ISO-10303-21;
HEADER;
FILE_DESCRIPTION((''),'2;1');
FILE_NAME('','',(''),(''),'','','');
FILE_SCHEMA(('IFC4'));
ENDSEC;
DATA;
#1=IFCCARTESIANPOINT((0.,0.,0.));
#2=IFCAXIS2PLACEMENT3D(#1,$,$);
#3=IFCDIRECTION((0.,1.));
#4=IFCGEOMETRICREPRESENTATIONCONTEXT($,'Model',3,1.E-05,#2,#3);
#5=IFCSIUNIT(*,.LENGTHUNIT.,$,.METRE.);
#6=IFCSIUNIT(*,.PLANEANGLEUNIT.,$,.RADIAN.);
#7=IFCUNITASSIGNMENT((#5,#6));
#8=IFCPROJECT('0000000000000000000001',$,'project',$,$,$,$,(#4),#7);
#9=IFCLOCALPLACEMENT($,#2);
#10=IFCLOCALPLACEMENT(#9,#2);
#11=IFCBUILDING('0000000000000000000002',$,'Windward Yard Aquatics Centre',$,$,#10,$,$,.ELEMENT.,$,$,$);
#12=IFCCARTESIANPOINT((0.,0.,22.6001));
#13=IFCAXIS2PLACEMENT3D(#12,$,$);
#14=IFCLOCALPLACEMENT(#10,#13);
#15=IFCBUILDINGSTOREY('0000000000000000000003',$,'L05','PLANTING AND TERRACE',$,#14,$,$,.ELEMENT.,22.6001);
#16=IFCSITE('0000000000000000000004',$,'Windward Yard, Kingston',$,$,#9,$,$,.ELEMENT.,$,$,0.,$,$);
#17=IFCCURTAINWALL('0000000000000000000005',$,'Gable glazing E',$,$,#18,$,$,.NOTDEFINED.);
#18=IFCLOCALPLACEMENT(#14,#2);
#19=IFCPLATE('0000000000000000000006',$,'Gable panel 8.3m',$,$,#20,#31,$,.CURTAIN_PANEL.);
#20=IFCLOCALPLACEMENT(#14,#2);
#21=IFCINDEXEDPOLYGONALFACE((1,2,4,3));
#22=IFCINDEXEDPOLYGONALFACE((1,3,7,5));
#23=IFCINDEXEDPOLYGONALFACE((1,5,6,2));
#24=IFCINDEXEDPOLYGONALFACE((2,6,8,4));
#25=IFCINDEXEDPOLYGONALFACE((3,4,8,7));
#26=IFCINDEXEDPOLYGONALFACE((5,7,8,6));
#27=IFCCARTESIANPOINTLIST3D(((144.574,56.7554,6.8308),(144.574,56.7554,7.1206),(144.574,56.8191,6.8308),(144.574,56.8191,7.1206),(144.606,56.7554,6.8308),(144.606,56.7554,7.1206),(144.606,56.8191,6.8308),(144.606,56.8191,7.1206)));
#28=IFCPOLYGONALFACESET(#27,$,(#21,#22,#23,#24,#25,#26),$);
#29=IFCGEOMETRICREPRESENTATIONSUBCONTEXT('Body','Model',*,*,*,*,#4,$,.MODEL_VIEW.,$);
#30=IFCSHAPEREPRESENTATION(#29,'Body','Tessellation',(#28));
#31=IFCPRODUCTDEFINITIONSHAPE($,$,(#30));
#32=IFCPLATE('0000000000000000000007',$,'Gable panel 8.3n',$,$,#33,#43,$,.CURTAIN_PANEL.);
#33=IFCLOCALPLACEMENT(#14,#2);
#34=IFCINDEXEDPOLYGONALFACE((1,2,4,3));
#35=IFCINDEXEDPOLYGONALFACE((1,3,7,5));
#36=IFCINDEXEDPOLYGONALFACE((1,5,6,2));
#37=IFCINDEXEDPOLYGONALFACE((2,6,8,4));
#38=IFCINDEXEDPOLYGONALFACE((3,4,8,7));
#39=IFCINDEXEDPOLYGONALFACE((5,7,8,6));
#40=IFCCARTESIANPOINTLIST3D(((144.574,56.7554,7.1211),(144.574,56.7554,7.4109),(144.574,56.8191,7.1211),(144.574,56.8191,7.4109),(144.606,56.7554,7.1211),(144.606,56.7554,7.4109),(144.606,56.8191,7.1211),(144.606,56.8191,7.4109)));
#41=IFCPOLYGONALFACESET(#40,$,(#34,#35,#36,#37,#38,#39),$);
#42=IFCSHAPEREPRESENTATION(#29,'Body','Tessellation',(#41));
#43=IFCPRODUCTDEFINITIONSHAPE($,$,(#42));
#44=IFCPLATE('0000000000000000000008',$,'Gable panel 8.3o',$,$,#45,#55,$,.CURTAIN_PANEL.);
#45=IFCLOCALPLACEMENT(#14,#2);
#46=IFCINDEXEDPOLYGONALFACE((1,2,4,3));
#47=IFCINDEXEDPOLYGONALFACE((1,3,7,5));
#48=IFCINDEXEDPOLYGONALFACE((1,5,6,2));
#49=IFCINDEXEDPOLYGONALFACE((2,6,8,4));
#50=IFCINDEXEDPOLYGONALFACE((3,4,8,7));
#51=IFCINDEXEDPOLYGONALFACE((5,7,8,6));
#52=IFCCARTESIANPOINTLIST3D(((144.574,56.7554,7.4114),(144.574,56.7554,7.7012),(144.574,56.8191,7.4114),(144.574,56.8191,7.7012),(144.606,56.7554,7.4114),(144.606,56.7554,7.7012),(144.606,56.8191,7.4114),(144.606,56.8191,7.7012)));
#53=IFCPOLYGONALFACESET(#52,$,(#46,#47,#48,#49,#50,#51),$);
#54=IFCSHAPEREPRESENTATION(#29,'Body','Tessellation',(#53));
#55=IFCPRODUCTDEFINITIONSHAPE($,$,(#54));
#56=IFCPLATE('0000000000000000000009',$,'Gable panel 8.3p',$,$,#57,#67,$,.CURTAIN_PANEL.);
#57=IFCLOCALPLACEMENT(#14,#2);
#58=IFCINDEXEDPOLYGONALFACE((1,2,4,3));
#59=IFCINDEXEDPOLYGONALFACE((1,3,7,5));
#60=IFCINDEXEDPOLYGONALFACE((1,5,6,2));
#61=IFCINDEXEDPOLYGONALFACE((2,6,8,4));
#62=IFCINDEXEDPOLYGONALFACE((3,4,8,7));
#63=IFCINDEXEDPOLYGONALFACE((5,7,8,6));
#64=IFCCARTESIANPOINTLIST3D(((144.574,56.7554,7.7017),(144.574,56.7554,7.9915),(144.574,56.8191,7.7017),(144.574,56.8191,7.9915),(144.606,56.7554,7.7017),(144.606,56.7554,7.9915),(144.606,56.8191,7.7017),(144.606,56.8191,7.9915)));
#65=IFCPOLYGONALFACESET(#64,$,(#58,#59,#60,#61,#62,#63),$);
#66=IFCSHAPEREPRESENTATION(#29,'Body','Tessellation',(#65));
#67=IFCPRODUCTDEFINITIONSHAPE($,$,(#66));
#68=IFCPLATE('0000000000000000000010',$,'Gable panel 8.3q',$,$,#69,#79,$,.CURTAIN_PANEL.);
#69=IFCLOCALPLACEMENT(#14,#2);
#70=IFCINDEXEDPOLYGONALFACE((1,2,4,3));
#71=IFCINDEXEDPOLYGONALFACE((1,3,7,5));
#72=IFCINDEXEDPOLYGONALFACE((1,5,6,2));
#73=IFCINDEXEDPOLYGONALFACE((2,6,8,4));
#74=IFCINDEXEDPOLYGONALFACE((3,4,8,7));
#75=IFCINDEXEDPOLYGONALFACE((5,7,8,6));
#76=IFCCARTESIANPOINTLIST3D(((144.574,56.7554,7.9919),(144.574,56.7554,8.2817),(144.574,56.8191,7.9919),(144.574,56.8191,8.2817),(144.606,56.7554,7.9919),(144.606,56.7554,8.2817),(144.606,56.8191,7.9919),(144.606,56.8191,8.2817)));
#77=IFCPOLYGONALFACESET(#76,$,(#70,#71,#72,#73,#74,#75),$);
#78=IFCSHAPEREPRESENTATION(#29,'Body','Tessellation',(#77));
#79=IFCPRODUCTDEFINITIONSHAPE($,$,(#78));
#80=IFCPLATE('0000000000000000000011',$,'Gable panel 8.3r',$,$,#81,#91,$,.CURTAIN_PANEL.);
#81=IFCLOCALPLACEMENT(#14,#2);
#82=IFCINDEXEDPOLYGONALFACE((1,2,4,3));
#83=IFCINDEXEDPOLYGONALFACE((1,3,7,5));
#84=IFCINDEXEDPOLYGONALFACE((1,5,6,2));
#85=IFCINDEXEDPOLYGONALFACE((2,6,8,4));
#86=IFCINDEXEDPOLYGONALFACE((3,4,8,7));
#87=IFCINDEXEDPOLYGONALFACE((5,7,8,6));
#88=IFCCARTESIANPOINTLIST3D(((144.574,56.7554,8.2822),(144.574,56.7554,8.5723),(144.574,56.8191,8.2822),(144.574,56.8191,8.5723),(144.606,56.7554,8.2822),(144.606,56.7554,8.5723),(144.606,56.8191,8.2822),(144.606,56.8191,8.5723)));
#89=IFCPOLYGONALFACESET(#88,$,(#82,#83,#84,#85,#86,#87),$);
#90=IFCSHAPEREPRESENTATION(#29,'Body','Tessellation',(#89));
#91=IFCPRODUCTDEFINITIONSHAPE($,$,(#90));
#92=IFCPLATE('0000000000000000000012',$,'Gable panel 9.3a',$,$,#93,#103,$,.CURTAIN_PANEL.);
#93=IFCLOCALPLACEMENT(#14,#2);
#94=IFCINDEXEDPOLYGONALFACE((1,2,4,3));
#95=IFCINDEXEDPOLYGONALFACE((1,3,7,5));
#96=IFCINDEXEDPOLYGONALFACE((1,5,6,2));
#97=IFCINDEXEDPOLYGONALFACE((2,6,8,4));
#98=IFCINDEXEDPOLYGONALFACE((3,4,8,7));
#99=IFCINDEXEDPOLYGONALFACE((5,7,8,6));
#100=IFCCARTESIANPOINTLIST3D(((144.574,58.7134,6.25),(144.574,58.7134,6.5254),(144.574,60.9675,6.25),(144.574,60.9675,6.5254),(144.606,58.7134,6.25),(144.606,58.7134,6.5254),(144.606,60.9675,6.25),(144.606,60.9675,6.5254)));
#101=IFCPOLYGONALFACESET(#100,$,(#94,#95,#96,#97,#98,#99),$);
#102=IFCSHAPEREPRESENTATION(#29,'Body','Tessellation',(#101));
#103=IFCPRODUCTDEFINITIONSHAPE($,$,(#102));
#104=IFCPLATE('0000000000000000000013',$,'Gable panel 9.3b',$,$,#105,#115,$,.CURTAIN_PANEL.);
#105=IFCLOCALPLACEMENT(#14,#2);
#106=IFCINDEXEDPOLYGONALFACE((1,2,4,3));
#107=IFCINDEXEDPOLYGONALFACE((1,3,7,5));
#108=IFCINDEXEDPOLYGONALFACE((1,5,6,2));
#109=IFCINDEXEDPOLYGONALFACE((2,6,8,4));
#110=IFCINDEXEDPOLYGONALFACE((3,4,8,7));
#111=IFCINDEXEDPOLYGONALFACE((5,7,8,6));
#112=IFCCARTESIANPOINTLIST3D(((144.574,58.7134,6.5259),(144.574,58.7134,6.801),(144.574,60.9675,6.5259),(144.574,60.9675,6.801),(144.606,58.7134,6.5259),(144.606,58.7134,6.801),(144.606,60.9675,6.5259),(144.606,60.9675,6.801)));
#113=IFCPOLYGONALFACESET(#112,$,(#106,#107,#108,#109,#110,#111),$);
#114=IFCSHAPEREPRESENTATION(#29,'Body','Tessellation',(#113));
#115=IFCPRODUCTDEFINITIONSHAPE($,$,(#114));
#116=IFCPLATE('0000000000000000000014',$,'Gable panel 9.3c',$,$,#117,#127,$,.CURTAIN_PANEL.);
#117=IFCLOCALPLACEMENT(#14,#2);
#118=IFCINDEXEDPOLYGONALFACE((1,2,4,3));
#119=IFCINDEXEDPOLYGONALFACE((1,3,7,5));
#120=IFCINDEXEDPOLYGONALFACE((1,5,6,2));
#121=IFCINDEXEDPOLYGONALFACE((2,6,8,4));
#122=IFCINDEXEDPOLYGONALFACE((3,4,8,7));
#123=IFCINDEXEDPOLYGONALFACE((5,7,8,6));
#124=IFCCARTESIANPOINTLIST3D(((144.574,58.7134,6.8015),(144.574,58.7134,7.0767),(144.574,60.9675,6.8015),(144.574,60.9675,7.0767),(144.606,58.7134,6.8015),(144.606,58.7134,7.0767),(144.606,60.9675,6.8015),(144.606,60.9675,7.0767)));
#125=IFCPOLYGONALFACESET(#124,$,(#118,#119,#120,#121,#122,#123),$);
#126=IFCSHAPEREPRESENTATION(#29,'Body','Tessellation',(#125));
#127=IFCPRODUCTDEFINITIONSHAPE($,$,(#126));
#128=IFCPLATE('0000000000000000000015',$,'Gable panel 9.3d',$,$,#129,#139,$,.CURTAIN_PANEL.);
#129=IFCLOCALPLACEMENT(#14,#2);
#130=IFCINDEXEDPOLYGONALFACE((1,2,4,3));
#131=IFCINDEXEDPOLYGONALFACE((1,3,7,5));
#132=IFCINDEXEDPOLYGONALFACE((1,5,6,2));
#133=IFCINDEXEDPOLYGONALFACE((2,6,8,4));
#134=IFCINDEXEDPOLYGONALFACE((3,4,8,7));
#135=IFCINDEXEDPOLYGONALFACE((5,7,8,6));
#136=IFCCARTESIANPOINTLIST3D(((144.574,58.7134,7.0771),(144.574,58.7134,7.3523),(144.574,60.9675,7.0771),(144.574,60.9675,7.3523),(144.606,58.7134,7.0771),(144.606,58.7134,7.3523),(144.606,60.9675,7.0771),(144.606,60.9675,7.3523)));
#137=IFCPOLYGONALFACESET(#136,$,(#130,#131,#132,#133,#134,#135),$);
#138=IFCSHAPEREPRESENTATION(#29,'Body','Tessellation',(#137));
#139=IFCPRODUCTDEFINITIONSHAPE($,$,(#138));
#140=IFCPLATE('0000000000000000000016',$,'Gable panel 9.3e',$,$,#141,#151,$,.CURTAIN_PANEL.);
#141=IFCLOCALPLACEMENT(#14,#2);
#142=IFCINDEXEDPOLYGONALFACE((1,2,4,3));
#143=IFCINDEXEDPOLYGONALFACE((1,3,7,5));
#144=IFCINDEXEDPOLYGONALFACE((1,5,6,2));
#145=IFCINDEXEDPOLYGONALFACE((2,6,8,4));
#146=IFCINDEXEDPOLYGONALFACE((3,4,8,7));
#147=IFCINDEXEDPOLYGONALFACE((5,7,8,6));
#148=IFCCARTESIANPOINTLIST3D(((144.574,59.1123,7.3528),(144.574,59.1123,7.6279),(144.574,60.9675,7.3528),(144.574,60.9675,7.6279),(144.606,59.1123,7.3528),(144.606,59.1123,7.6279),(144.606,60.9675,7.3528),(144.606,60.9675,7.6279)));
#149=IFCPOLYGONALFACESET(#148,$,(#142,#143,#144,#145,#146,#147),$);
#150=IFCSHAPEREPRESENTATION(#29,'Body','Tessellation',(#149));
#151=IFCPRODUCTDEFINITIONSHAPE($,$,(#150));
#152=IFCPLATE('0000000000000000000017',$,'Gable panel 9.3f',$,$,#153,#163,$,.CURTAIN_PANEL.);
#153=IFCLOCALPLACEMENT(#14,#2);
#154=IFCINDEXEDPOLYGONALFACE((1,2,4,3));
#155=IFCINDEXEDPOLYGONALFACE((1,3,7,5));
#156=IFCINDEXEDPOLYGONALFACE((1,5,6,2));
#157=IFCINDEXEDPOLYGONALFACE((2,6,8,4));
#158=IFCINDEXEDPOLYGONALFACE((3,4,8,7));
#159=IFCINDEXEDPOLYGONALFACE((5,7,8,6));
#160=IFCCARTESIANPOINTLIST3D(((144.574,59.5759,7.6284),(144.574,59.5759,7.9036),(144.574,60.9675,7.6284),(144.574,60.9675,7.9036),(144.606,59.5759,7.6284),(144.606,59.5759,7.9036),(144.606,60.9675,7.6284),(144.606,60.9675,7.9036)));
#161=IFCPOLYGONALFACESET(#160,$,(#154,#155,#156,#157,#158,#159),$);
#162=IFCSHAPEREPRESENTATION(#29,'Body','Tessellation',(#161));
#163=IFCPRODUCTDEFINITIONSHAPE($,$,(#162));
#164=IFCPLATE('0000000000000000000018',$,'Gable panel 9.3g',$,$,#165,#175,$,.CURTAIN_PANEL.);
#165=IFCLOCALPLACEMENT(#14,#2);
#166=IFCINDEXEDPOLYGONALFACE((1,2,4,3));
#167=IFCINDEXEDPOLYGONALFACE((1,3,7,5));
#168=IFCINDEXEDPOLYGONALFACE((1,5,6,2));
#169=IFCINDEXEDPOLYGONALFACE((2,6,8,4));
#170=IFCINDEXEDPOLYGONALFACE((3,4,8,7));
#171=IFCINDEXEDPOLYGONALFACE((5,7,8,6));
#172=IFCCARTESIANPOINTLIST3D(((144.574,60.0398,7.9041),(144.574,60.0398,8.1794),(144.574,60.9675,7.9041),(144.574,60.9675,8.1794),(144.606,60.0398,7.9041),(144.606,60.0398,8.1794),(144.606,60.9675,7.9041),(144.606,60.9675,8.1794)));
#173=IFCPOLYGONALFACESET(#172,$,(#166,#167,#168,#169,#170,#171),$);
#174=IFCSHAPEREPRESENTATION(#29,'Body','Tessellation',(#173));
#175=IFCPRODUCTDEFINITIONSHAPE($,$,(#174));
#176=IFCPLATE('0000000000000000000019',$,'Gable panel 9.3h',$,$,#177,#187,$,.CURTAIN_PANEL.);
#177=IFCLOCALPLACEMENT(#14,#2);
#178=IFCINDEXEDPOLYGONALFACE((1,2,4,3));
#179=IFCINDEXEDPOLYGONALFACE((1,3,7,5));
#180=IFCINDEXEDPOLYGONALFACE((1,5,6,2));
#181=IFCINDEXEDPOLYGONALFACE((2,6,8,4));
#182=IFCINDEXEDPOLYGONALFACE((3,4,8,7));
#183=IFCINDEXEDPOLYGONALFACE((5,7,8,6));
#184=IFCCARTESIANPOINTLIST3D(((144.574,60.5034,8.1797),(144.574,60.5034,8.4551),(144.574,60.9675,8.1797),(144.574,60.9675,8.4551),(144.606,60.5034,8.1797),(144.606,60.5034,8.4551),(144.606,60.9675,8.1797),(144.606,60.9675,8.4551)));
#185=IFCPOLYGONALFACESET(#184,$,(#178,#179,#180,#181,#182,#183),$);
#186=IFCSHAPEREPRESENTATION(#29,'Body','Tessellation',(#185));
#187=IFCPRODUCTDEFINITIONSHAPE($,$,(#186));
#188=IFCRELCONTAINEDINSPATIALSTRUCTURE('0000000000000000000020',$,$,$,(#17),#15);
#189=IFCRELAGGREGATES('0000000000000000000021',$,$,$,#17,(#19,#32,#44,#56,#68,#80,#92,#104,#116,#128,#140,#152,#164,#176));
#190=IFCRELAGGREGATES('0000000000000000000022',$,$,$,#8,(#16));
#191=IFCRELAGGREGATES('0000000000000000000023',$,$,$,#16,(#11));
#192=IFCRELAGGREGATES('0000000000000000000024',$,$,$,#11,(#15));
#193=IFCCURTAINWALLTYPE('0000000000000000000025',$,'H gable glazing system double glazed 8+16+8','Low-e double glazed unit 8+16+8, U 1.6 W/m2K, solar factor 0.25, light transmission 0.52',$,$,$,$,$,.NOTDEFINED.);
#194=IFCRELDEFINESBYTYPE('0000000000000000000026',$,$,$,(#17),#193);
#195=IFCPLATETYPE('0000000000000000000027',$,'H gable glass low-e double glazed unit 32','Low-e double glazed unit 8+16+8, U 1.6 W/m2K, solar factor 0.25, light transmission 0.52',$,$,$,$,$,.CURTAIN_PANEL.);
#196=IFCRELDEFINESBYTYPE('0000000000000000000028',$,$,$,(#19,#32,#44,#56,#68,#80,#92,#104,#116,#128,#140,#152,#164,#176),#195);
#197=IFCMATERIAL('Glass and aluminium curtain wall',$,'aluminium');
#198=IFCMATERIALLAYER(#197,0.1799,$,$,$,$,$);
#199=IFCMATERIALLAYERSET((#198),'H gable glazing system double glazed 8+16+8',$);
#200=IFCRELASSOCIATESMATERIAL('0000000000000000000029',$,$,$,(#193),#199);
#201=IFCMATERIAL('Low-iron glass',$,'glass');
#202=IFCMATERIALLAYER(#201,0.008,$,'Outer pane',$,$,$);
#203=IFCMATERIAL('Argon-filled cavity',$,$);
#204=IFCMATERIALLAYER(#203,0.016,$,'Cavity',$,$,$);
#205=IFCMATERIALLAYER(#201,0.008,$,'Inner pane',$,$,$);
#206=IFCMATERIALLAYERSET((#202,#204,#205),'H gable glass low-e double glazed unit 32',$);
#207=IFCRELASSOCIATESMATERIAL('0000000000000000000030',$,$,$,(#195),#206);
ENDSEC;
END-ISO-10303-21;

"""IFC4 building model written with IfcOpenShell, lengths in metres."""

from ifc_helpers import new_model, si_unit, direction, frame, origin, place, context, subcontext, project, spatial, polyline, outline, extrude, material, layer, layer_set, type_object, element, aggregate, save


model = new_model("IFC4")

# Units and contexts
model_context = context("Model", 3, precision=1e-05, world=origin(), true_north=direction((0.0, 1.0)))
body_context = subcontext(model_context, "Body", "Model", "MODEL_VIEW")
ifc_project = project(units=[si_unit("LENGTHUNIT", "METRE"), si_unit("PLANEANGLEUNIT", "RADIAN")], contexts=[model_context])

# Site, building, storey
site_placement = place(None, origin())
site = spatial("IfcSite", under=ifc_project, at=site_placement, Name="Windward Yard, Kingston", CompositionType="ELEMENT", RefElevation=0.0)
building_placement = place(site_placement, origin())
building = spatial("IfcBuilding", under=site, at=building_placement, Name="Windward Yard Aquatics Centre", CompositionType="ELEMENT")
storey_placement = place(building_placement, frame((0.0, 0.0, 22.6001)))
storey = spatial("IfcBuildingStorey", under=building, at=storey_placement, Name="L05", Description="PLANTING AND TERRACE", CompositionType="ELEMENT", Elevation=22.6001)

# Curtain wall, plates
ifc_material_1 = material(Name="Glass and aluminium curtain wall", Category="aluminium")
ifc_layer_1 = layer(ifc_material_1, 0.1799)
ifc_layer_set_1 = layer_set([ifc_layer_1], Name="H gable glazing system double glazed 8+16+8")
curtain_wall_type = type_object("IfcCurtainWallType", Name="H gable glazing system double glazed 8+16+8", Description="Low-e double glazed unit 8+16+8, U 1.6 W/m2K, solar factor 0.25, light transmission 0.52", PredefinedType="NOTDEFINED", material=ifc_layer_set_1)
curtain_wall_placement = place(storey_placement, origin())
curtain_wall = element("IfcCurtainWall", 1, at=curtain_wall_placement, inside=storey, type_object=curtain_wall_type, Name="Gable glazing E", PredefinedType="NOTDEFINED")
ifc_material_2 = material(Name="Low-iron glass", Category="glass")
ifc_layer_2 = layer(ifc_material_2, 0.008, Name="Outer pane")
ifc_material_3 = material(Name="Argon-filled cavity")
ifc_layer_3 = layer(ifc_material_3, 0.016, Name="Cavity")
ifc_layer_4 = layer(ifc_material_2, 0.008, Name="Inner pane")
ifc_layer_set_2 = layer_set([ifc_layer_2, ifc_layer_3, ifc_layer_4], Name="H gable glass low-e double glazed unit 32")
plate_type = type_object("IfcPlateType", Name="H gable glass low-e double glazed unit 32", Description="Low-e double glazed unit 8+16+8, U 1.6 W/m2K, solar factor 0.25, light transmission 0.52", PredefinedType="CURTAIN_PANEL", material=ifc_layer_set_2)
plate_1_placement = place(storey_placement, frame((144.606, 56.7554, 6.8308), z_axis=(1.0, 0.0, 0.0), x_axis=(0.0, 1.0, 0.0)))
plate_1 = element("IfcPlate", 2, at=plate_1_placement, type_object=plate_type, Name="Gable panel 8.3m", PredefinedType="CURTAIN_PANEL", context=body_context, shape_type="SweptSolid", body=[
    extrude(outline(polyline([(0.0, 0.0), (0.0637, 0.0), (0.0637, 0.2898), (0.0, 0.2898), (0.0, 0.0)])), origin(), (0.0, 0.0, -1.0), 0.032),
])
plate_2_placement = place(storey_placement, frame((144.606, 56.7554, 7.1211), z_axis=(1.0, 0.0, 0.0), x_axis=(0.0, 1.0, 0.0)))
plate_2 = element("IfcPlate", 3, at=plate_2_placement, type_object=plate_type, Name="Gable panel 8.3n", PredefinedType="CURTAIN_PANEL", context=body_context, shape_type="SweptSolid", body=[
    extrude(outline(polyline([(0.0, 0.0), (0.0637, 0.0), (0.0637, 0.2898), (0.0, 0.2898), (0.0, 0.0)])), origin(), (0.0, 0.0, -1.0), 0.032),
])
plate_3_placement = place(storey_placement, frame((144.606, 56.7554, 7.4114), z_axis=(1.0, 0.0, 0.0), x_axis=(0.0, 1.0, 0.0)))
plate_3 = element("IfcPlate", 4, at=plate_3_placement, type_object=plate_type, Name="Gable panel 8.3o", PredefinedType="CURTAIN_PANEL", context=body_context, shape_type="SweptSolid", body=[
    extrude(outline(polyline([(0.0, 0.0), (0.0637, 0.0), (0.0637, 0.2898), (0.0, 0.2898), (0.0, 0.0)])), origin(), (0.0, 0.0, -1.0), 0.032),
])
plate_4_placement = place(storey_placement, frame((144.606, 56.7554, 7.7017), z_axis=(1.0, 0.0, 0.0), x_axis=(0.0, 1.0, 0.0)))
plate_4 = element("IfcPlate", 5, at=plate_4_placement, type_object=plate_type, Name="Gable panel 8.3p", PredefinedType="CURTAIN_PANEL", context=body_context, shape_type="SweptSolid", body=[
    extrude(outline(polyline([(0.0, 0.0), (0.0637, 0.0), (0.0637, 0.2898), (0.0, 0.2898), (0.0, 0.0)])), origin(), (0.0, 0.0, -1.0), 0.032),
])
plate_5_placement = place(storey_placement, frame((144.606, 56.7554, 7.9919), z_axis=(1.0, 0.0, 0.0), x_axis=(0.0, 1.0, 0.0)))
plate_5 = element("IfcPlate", 6, at=plate_5_placement, type_object=plate_type, Name="Gable panel 8.3q", PredefinedType="CURTAIN_PANEL", context=body_context, shape_type="SweptSolid", body=[
    extrude(outline(polyline([(0.0, 0.0), (0.0637, 0.0), (0.0637, 0.2898), (0.0, 0.2898), (0.0, 0.0)])), origin(), (0.0, 0.0, -1.0), 0.032),
])
plate_6_placement = place(storey_placement, frame((144.606, 56.7554, 8.2822), z_axis=(1.0, 0.0, 0.0), x_axis=(0.0, 1.0, 0.0)))
plate_6 = element("IfcPlate", 7, at=plate_6_placement, type_object=plate_type, Name="Gable panel 8.3r", PredefinedType="CURTAIN_PANEL", context=body_context, shape_type="SweptSolid", body=[
    extrude(outline(polyline([(0.0, 0.0), (0.0637, 0.0), (0.0637, 0.29), (0.0, 0.29), (0.0, 0.0)])), origin(), (0.0, 0.0, -1.0), 0.032),
])
plate_7_placement = place(storey_placement, frame((144.606, 58.7134, 6.25), z_axis=(1.0, 0.0, 0.0), x_axis=(0.0, 1.0, 0.0)))
plate_7 = element("IfcPlate", 8, at=plate_7_placement, type_object=plate_type, Name="Gable panel 9.3a", PredefinedType="CURTAIN_PANEL", context=body_context, shape_type="SweptSolid", body=[
    extrude(outline(polyline([(0.0, 0.0), (2.2542, 0.0), (2.2542, 0.2754), (0.0, 0.2754), (0.0, 0.0)])), origin(), (0.0, 0.0, -1.0), 0.032),
])
plate_8_placement = place(storey_placement, frame((144.606, 58.7134, 6.5259), z_axis=(1.0, 0.0, 0.0), x_axis=(0.0, 1.0, 0.0)))
plate_8 = element("IfcPlate", 9, at=plate_8_placement, type_object=plate_type, Name="Gable panel 9.3b", PredefinedType="CURTAIN_PANEL", context=body_context, shape_type="SweptSolid", body=[
    extrude(outline(polyline([(0.0, 0.0), (2.2542, 0.0), (2.2542, 0.2751), (0.0, 0.2751), (0.0, 0.0)])), origin(), (0.0, 0.0, -1.0), 0.032),
])
plate_9_placement = place(storey_placement, frame((144.606, 58.7134, 6.8015), z_axis=(1.0, 0.0, 0.0), x_axis=(0.0, 1.0, 0.0)))
plate_9 = element("IfcPlate", 10, at=plate_9_placement, type_object=plate_type, Name="Gable panel 9.3c", PredefinedType="CURTAIN_PANEL", context=body_context, shape_type="SweptSolid", body=[
    extrude(outline(polyline([(0.0, 0.0), (2.2542, 0.0), (2.2542, 0.2751), (0.0, 0.2751), (0.0, 0.0)])), origin(), (0.0, 0.0, -1.0), 0.032),
])
plate_10_placement = place(storey_placement, frame((144.606, 58.7134, 7.0771), z_axis=(1.0, 0.0, 0.0), x_axis=(0.0, 1.0, 0.0)))
plate_10 = element("IfcPlate", 11, at=plate_10_placement, type_object=plate_type, Name="Gable panel 9.3d", PredefinedType="CURTAIN_PANEL", context=body_context, shape_type="SweptSolid", body=[
    extrude(outline(polyline([(0.0, 0.0), (2.2542, 0.0), (2.2542, 0.2751), (0.0, 0.2751), (0.0, 0.0)])), origin(), (0.0, 0.0, -1.0), 0.032),
])
plate_11_placement = place(storey_placement, frame((144.606, 59.1123, 7.3528), z_axis=(1.0, 0.0, 0.0), x_axis=(0.0, 1.0, 0.0)))
plate_11 = element("IfcPlate", 12, at=plate_11_placement, type_object=plate_type, Name="Gable panel 9.3e", PredefinedType="CURTAIN_PANEL", context=body_context, shape_type="SweptSolid", body=[
    extrude(outline(polyline([(0.0, 0.0), (1.8552, 0.0), (1.8552, 0.2751), (0.0, 0.2751), (0.0, 0.0)])), origin(), (0.0, 0.0, -1.0), 0.032),
])
plate_12_placement = place(storey_placement, frame((144.606, 59.5759, 7.6284), z_axis=(1.0, 0.0, 0.0), x_axis=(0.0, 1.0, 0.0)))
plate_12 = element("IfcPlate", 13, at=plate_12_placement, type_object=plate_type, Name="Gable panel 9.3f", PredefinedType="CURTAIN_PANEL", context=body_context, shape_type="SweptSolid", body=[
    extrude(outline(polyline([(0.0, 0.0), (1.3916, 0.0), (1.3916, 0.2751), (0.0, 0.2751), (0.0, 0.0)])), origin(), (0.0, 0.0, -1.0), 0.032),
])
plate_13_placement = place(storey_placement, frame((144.606, 60.0398, 7.9041), z_axis=(1.0, 0.0, 0.0), x_axis=(0.0, 1.0, 0.0)))
plate_13 = element("IfcPlate", 14, at=plate_13_placement, type_object=plate_type, Name="Gable panel 9.3g", PredefinedType="CURTAIN_PANEL", context=body_context, shape_type="SweptSolid", body=[
    extrude(outline(polyline([(0.0, 0.0), (0.9277, 0.0), (0.9277, 0.2754), (0.0, 0.2754), (0.0, 0.0)])), origin(), (0.0, 0.0, -1.0), 0.032),
])
plate_14_placement = place(storey_placement, frame((144.606, 60.5034, 8.1797), z_axis=(1.0, 0.0, 0.0), x_axis=(0.0, 1.0, 0.0)))
plate_14 = element("IfcPlate", 15, at=plate_14_placement, type_object=plate_type, Name="Gable panel 9.3h", PredefinedType="CURTAIN_PANEL", context=body_context, shape_type="SweptSolid", body=[
    extrude(outline(polyline([(0.0, 0.0), (0.4641, 0.0), (0.4641, 0.2754), (0.0, 0.2754), (0.0, 0.0)])), origin(), (0.0, 0.0, -1.0), 0.032),
])
aggregate(curtain_wall, [plate_1, plate_2, plate_3, plate_4, plate_5, plate_6, plate_7, plate_8, plate_9, plate_10, plate_11, plate_12, plate_13, plate_14])

save(model, "model.ifc")
